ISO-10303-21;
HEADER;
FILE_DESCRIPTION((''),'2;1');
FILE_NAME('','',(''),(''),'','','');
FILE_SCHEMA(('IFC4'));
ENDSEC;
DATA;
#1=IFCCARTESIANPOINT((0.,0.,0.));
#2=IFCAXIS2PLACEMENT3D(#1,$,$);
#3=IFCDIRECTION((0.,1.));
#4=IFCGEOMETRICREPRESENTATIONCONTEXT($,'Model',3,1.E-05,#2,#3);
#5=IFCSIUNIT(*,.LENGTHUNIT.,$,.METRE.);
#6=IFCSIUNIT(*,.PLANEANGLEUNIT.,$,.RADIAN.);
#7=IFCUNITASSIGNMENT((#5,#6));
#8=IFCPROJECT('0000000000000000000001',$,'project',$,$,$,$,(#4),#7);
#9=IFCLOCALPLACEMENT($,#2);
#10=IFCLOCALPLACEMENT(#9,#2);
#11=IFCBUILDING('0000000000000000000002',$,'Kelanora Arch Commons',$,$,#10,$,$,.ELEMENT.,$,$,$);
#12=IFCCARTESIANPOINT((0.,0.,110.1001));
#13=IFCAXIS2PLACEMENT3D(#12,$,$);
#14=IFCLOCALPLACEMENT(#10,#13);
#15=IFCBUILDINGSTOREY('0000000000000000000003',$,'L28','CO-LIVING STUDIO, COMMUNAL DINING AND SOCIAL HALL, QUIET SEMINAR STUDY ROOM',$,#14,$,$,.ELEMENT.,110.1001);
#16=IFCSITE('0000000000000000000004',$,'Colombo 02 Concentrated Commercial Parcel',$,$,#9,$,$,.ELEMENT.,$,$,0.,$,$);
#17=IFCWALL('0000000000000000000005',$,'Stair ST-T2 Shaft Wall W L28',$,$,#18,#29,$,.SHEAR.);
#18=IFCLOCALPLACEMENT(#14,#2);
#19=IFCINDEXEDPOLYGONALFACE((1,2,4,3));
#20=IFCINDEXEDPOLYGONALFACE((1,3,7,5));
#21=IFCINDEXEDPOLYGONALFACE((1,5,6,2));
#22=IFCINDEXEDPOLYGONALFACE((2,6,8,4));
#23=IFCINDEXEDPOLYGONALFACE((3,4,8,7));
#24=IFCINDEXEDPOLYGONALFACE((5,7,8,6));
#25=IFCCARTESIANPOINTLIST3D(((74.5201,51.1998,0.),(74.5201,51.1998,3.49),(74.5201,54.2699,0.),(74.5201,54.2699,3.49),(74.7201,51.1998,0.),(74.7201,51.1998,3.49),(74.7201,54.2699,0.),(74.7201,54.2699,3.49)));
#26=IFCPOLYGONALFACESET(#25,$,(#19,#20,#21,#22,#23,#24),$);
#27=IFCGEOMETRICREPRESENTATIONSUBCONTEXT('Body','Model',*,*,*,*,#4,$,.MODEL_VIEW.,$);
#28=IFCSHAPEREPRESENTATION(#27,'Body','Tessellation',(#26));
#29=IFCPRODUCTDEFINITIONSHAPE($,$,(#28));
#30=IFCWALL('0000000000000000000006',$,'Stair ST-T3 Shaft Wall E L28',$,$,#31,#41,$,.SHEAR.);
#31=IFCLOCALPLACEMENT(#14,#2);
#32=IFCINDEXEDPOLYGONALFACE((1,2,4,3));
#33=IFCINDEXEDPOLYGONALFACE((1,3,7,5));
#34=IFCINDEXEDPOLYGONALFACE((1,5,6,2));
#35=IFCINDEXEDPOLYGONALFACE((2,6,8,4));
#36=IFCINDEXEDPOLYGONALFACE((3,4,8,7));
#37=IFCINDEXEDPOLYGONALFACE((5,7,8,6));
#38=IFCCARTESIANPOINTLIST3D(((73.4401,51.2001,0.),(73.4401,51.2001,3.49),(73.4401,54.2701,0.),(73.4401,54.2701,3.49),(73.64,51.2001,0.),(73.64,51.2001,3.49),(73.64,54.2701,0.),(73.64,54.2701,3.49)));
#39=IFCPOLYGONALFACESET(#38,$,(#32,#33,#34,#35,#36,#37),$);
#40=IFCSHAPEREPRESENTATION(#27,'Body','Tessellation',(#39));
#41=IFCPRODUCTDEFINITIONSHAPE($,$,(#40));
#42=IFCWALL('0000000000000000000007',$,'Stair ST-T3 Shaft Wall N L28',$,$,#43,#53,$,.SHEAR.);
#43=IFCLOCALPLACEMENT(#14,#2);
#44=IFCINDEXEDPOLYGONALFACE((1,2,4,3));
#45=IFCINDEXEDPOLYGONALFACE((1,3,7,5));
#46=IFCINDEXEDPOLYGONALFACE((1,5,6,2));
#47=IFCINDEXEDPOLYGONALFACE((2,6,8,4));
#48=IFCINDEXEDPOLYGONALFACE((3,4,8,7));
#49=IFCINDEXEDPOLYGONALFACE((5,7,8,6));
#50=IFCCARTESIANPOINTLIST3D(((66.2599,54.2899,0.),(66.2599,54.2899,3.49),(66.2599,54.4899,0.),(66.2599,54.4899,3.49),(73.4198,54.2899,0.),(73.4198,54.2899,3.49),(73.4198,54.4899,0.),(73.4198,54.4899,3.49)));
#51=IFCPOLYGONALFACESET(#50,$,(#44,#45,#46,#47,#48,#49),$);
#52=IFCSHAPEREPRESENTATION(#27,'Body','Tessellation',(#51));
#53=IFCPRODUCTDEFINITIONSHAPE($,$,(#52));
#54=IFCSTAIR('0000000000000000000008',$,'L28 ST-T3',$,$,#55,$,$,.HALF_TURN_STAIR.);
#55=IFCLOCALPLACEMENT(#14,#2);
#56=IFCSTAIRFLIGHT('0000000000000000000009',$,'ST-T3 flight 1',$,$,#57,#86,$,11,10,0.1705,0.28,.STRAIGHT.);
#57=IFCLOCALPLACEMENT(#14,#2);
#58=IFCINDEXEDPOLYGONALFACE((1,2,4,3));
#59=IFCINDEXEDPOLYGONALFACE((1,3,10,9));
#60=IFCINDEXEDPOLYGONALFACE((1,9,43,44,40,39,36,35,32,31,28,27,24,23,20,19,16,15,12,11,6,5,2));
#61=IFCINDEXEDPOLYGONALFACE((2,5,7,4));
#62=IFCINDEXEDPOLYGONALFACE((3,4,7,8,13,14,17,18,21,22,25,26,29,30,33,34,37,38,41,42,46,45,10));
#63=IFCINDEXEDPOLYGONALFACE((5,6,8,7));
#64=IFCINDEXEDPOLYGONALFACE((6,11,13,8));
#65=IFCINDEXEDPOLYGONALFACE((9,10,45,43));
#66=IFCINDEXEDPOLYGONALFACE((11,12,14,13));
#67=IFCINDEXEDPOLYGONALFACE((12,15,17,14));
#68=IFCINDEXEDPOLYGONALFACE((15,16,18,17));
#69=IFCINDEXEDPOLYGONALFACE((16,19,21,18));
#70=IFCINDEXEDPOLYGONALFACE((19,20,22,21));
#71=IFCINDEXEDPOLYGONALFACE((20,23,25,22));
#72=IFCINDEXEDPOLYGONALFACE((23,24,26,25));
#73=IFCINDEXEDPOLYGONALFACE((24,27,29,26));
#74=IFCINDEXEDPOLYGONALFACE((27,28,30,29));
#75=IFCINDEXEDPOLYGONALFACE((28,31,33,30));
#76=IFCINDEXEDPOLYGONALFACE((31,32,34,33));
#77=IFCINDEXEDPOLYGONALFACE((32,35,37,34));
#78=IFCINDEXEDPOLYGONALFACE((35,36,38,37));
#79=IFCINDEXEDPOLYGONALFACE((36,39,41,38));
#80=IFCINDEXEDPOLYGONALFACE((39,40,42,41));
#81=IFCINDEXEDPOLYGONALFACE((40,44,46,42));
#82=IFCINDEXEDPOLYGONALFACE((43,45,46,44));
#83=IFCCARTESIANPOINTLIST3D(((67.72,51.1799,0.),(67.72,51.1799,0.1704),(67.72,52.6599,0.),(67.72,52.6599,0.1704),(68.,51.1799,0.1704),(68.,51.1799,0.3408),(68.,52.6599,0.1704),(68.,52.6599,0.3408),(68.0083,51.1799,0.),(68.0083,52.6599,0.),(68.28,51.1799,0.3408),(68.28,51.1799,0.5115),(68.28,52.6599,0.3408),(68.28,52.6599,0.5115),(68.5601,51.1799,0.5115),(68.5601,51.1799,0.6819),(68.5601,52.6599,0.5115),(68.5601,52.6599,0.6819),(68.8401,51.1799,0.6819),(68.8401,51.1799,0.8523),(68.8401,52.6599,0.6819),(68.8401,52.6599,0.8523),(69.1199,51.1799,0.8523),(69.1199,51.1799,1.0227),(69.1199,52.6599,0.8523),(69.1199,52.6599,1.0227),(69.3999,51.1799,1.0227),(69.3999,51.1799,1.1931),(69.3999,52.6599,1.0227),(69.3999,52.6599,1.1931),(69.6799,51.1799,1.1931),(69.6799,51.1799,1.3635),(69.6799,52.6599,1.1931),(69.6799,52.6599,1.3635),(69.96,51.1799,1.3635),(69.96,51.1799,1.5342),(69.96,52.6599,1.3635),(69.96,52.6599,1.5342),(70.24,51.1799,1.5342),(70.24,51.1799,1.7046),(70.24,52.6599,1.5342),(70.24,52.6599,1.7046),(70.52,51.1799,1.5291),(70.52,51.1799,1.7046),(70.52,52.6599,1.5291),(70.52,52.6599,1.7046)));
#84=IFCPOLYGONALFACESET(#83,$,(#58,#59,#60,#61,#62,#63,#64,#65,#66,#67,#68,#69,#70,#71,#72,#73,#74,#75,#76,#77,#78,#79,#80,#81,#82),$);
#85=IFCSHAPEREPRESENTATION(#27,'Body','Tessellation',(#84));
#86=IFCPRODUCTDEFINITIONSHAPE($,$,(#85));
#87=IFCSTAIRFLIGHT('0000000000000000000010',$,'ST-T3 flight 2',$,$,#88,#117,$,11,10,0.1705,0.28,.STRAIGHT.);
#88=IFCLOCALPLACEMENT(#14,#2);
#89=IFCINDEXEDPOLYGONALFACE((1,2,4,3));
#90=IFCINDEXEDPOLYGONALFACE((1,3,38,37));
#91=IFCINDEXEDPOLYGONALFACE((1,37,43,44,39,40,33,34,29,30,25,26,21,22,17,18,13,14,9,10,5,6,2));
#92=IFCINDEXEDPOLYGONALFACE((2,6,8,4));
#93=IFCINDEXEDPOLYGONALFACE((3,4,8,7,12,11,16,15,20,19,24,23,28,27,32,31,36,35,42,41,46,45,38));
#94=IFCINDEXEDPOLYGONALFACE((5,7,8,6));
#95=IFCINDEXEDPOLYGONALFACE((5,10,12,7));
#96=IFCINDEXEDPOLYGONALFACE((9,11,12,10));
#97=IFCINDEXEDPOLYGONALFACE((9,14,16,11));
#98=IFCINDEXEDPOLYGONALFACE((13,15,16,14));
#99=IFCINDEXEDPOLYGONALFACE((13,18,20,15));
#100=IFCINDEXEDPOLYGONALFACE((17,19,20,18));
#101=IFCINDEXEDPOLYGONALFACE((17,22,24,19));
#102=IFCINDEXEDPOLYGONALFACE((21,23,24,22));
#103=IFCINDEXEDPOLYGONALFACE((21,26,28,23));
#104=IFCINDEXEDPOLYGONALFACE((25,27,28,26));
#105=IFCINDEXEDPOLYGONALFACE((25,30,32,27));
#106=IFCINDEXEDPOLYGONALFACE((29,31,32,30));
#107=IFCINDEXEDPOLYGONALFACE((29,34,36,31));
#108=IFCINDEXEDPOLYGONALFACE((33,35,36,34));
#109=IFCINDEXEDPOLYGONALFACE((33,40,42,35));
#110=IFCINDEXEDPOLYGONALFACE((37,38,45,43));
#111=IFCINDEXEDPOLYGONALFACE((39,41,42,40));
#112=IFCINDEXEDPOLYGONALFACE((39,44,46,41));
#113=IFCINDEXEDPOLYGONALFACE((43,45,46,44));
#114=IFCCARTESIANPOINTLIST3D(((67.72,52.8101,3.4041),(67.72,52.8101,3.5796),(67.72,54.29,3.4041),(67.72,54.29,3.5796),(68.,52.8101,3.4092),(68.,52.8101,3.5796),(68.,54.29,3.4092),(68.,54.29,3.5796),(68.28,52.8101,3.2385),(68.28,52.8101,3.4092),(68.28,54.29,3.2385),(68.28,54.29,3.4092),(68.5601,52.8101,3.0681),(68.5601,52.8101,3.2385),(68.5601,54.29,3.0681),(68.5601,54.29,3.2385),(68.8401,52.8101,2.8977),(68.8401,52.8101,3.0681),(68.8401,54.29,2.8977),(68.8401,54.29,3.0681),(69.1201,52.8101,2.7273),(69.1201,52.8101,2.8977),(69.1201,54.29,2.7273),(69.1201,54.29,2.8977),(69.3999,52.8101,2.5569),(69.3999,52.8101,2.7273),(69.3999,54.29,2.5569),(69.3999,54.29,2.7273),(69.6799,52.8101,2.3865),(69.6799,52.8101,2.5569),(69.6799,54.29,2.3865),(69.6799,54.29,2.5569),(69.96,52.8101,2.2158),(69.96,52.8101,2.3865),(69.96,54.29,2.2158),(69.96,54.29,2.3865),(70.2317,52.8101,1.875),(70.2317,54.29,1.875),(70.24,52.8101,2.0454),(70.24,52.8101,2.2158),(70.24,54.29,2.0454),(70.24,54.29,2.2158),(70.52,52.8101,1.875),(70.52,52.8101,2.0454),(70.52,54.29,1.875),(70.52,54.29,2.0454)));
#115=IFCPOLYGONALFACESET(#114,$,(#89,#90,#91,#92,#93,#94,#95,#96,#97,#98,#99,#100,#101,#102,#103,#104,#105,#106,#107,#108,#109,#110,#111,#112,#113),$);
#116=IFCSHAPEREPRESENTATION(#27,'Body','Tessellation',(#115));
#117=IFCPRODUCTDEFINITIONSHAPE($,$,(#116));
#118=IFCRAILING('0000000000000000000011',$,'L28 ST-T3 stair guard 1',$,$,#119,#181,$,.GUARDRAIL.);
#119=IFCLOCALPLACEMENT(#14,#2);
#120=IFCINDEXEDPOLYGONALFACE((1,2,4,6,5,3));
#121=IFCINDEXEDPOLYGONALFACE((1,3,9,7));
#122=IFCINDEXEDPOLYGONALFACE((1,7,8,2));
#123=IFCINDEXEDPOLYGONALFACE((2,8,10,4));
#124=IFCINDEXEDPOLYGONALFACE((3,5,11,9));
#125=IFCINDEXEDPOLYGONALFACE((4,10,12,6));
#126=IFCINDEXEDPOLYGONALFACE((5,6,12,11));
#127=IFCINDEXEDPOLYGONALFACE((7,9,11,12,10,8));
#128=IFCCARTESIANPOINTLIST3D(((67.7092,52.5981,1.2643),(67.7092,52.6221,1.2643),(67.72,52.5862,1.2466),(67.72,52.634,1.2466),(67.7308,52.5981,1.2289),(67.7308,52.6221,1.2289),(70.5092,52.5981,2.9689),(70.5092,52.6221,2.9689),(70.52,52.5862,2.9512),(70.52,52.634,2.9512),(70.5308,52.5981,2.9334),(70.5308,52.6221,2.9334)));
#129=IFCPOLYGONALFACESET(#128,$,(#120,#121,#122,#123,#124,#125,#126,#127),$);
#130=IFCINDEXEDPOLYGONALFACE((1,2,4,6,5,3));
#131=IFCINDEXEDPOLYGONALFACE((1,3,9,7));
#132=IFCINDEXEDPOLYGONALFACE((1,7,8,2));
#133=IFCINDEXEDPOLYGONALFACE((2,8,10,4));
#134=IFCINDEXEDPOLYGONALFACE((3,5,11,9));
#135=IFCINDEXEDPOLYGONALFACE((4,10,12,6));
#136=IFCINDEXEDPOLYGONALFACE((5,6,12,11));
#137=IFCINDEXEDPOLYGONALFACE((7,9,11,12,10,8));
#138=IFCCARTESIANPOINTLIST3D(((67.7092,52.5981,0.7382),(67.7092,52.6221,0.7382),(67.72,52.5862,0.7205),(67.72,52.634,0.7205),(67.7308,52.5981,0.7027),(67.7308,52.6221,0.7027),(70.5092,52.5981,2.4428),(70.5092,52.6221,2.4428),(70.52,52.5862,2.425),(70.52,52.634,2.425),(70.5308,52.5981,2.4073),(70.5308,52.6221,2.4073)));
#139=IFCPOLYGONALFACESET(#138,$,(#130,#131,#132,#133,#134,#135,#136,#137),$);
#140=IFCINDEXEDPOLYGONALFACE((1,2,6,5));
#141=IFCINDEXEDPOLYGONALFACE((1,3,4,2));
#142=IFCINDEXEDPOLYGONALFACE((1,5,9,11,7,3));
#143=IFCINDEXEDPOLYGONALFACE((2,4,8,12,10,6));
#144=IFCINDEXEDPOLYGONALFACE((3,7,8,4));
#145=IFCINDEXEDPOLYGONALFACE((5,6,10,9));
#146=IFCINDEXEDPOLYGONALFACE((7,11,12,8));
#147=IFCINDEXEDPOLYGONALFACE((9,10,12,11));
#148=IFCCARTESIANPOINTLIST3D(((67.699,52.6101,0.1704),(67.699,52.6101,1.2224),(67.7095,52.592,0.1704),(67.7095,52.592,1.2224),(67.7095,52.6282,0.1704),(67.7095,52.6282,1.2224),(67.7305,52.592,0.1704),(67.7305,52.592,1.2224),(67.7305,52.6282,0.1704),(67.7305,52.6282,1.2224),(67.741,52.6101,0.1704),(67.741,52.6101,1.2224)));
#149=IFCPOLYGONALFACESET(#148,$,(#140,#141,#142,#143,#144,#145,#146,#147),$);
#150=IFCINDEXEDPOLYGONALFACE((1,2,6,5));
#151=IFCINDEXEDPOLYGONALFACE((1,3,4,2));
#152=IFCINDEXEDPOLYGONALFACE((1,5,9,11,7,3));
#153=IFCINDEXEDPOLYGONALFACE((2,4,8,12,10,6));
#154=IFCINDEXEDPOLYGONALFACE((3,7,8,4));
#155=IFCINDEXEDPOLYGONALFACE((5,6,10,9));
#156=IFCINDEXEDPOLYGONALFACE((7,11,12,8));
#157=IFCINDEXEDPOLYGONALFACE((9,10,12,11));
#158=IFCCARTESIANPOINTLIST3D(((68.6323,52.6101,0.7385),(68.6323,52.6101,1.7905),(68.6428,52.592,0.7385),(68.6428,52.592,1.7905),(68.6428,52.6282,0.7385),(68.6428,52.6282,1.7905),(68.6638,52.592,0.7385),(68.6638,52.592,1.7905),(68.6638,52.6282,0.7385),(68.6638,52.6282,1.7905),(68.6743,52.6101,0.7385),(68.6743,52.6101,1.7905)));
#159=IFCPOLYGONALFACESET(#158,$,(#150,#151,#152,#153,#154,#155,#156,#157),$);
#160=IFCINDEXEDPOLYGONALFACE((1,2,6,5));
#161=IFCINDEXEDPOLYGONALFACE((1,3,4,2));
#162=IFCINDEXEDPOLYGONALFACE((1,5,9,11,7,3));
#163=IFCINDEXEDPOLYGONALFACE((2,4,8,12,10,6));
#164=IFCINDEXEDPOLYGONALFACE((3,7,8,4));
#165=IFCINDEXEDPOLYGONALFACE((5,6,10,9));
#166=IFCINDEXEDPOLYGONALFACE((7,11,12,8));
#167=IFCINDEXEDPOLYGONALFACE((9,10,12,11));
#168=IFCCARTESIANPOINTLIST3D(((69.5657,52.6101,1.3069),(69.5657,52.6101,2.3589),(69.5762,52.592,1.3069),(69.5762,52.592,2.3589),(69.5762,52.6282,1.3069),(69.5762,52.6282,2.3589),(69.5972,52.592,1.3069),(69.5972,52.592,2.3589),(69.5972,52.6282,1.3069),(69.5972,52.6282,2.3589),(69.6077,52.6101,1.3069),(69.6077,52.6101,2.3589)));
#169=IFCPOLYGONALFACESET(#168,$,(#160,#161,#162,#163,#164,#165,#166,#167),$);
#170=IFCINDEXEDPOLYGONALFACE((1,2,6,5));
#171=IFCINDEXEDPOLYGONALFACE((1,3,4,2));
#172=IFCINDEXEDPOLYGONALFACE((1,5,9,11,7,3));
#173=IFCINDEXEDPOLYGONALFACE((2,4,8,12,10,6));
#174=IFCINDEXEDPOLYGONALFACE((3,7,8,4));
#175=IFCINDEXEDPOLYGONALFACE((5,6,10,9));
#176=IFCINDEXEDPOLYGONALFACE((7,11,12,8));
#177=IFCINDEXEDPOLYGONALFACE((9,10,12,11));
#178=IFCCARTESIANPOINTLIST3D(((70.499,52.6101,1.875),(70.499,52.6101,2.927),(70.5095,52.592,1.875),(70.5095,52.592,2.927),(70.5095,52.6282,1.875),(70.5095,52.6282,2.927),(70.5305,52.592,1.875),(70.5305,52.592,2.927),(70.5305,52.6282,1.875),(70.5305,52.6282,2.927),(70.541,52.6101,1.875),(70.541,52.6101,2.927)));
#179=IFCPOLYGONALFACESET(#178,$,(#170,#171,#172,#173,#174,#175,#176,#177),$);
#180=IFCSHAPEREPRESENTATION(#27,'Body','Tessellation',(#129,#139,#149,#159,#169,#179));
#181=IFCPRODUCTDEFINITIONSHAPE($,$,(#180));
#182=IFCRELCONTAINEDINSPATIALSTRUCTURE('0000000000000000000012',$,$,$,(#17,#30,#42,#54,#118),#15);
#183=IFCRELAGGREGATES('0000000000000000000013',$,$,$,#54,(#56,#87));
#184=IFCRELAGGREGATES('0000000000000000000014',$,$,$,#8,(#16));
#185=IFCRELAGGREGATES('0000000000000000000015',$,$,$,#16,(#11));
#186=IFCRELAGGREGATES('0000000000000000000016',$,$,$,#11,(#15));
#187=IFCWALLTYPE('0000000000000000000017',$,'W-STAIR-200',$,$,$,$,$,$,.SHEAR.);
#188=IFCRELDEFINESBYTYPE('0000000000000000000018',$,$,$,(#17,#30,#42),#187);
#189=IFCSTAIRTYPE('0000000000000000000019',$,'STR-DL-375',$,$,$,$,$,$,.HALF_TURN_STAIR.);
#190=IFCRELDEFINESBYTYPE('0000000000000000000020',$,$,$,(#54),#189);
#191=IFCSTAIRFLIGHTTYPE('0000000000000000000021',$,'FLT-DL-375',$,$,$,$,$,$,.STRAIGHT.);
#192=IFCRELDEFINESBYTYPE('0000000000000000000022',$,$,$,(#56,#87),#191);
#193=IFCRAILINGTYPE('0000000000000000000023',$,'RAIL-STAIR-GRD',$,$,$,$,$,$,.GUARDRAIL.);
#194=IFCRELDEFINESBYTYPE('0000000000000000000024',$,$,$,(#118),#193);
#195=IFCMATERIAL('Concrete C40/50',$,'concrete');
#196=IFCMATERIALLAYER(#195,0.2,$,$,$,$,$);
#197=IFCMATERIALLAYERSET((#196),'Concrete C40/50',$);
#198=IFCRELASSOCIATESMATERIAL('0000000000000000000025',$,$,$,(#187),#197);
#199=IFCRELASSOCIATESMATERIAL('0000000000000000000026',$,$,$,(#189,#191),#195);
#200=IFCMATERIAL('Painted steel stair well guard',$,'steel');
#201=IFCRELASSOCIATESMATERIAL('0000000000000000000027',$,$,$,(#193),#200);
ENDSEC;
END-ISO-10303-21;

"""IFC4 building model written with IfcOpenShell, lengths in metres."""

from ifc_helpers import new_model, si_unit, direction, frame, frame_2d, origin, place, context, subcontext, project, spatial, polyline, rectangle, outline, extrude, material, layer, layer_set, type_object, element, aggregate, save


model = new_model("IFC4")

# Units and contexts
model_context = context("Model", 3, precision=1e-05, world=origin(), true_north=direction((0.0, 1.0)))
body_context = subcontext(model_context, "Body", "Model", "MODEL_VIEW")
ifc_project = project(units=[si_unit("LENGTHUNIT", "METRE"), si_unit("PLANEANGLEUNIT", "RADIAN")], contexts=[model_context])

# Site, building, storey
site_placement = place(None, origin())
site = spatial("IfcSite", under=ifc_project, at=site_placement, Name="Colombo 02 Concentrated Commercial Parcel", CompositionType="ELEMENT", RefElevation=0.0)
building_placement = place(site_placement, origin())
building = spatial("IfcBuilding", under=site, at=building_placement, Name="Kelanora Arch Commons", CompositionType="ELEMENT")
storey_placement = place(building_placement, frame((0.0, 0.0, 110.1001)))
storey = spatial("IfcBuildingStorey", under=building, at=storey_placement, Name="L28", Description="CO-LIVING STUDIO, COMMUNAL DINING AND SOCIAL HALL, QUIET SEMINAR STUDY ROOM", CompositionType="ELEMENT", Elevation=110.1001)

# Shared definitions
ifc_material_1 = material(Name="Concrete C40/50", Category="concrete")
ifc_layer_1 = layer(ifc_material_1, 0.2)
ifc_layer_set_1 = layer_set([ifc_layer_1], Name="Concrete C40/50")
wall_type_1 = type_object("IfcWallType", Name="W-STAIR-200", PredefinedType="SHEAR", material=ifc_layer_set_1)

# Walls
for number, where, z_axis, x_axis, name in (
    (1, (74.6201, 54.27, 0.0), (0.0, 0.0, 1.0), (0.0, -1.0, 0.0), "Stair ST-T2 Shaft Wall W L28"),
    (2, (73.54, 51.2, 0.0), (0.0, 0.0, 1.0), (0.0, 1.0, 0.0), "Stair ST-T3 Shaft Wall E L28"),
):
    element("IfcWall", number, at=place(storey_placement, frame(where, z_axis=z_axis, x_axis=x_axis)), inside=storey, type_object=wall_type_1, Name=name, PredefinedType="SHEAR", context=body_context, shape_type="SweptSolid", body=[
        extrude(rectangle(XDim=3.0701, YDim=0.2, at=frame_2d((1.5352, 0.0))), origin(), (0.0, 0.0, 1.0), 3.49),
    ])
wall_1_placement = place(storey_placement, frame((73.4199, 54.3899, 0.0), z_axis=(0.0, 0.0, 1.0), x_axis=(-1.0, 0.0, 0.0)))
element("IfcWall", 3, at=wall_1_placement, inside=storey, type_object=wall_type_1, Name="Stair ST-T3 Shaft Wall N L28", PredefinedType="SHEAR", context=body_context, shape_type="SweptSolid", body=[
    extrude(rectangle(XDim=7.1599, YDim=0.2, at=frame_2d((3.5801, 0.0))), origin(), (0.0, 0.0, 1.0), 3.49),
])

# Stair, stair flights
stair_type = type_object("IfcStairType", Name="STR-DL-375", PredefinedType="HALF_TURN_STAIR", material=ifc_material_1)
stair_placement = place(storey_placement, origin())
stair = element("IfcStair", 4, at=stair_placement, inside=storey, type_object=stair_type, Name="L28 ST-T3", PredefinedType="HALF_TURN_STAIR")
stair_flight_type = type_object("IfcStairFlightType", Name="FLT-DL-375", PredefinedType="STRAIGHT", material=ifc_material_1)
stair_flight_1_placement = place(storey_placement, frame((67.72, 51.9199, 0.0), z_axis=(0.0, 0.0, 1.0), x_axis=(1.0, 0.0, 0.0)))
stair_flight_1 = element("IfcStairFlight", 5, at=stair_flight_1_placement, type_object=stair_flight_type, Name="ST-T3 flight 1", NumberOfRisers=11, NumberOfTreads=10, PredefinedType="STRAIGHT", RiserHeight=0.1705, TreadLength=0.28, context=body_context, shape_type="SweptSolid", body=[
    extrude(outline(polyline([(0.0, 0.0), (0.0, 0.1704), (0.28, 0.1704), (0.28, 0.3408), (0.5601, 0.3408), (0.5601, 0.5115), (0.8401, 0.5115), (0.8401, 0.6819), (1.1201, 0.6819), (1.1201, 0.8523), (1.3999, 0.8523), (1.3999, 1.0227), (1.6799, 1.0227), (1.6799, 1.1931), (1.96, 1.1931), (1.96, 1.3635), (2.24, 1.3635), (2.24, 1.5342), (2.52, 1.5342), (2.52, 1.7046), (2.8, 1.7046), (2.8, 1.875), (2.8, 1.5291), (0.2883, 0.0), (0.0, 0.0)])), frame((0.0, 0.74, 0.0), z_axis=(0.0, -1.0, 0.0), x_axis=(1.0, 0.0, 0.0)), (0.0, 0.0, 1.0), 1.48),
])
stair_flight_2_placement = place(storey_placement, frame((70.52, 53.55, 1.875), z_axis=(0.0, 0.0, 1.0), x_axis=(-1.0, 0.0, 0.0)))
stair_flight_2 = element("IfcStairFlight", 6, at=stair_flight_2_placement, type_object=stair_flight_type, Name="ST-T3 flight 2", NumberOfRisers=11, NumberOfTreads=10, PredefinedType="STRAIGHT", RiserHeight=0.1705, TreadLength=0.28, context=body_context, shape_type="SweptSolid", body=[
    extrude(outline(polyline([(0.0, 0.0), (0.0, 0.1704), (0.28, 0.1704), (0.28, 0.3408), (0.5601, 0.3408), (0.5601, 0.5115), (0.8401, 0.5115), (0.8401, 0.6819), (1.1201, 0.6819), (1.1201, 0.8523), (1.3999, 0.8523), (1.3999, 1.0227), (1.6799, 1.0227), (1.6799, 1.1931), (1.96, 1.1931), (1.96, 1.3635), (2.24, 1.3635), (2.24, 1.5342), (2.52, 1.5342), (2.52, 1.7046), (2.8, 1.7046), (2.8, 1.875), (2.8, 1.5291), (0.2883, 0.0), (0.0, 0.0)])), frame((0.0, 0.74, 0.0), z_axis=(0.0, -1.0, 0.0), x_axis=(1.0, 0.0, 0.0)), (0.0, 0.0, 1.0), 1.48),
])
aggregate(stair, [stair_flight_1, stair_flight_2])

# Railing
ifc_material_2 = material(Name="Painted steel stair well guard", Category="steel")
railing_type_1 = type_object("IfcRailingType", Name="RAIL-STAIR-GRD", PredefinedType="GUARDRAIL", material=ifc_material_2)
railing_1_placement = place(storey_placement, frame((67.72, 52.6101, 0.1704)))
element("IfcRailing", 7, at=railing_1_placement, inside=storey, type_object=railing_type_1, Name="L28 ST-T3 stair guard 1", PredefinedType="GUARDRAIL", context=body_context, shape_type="SweptSolid", body=[
    extrude(outline(polyline([(0.0239, 0.0), (0.012, 0.0208), (-0.012, 0.0208), (-0.0239, 0.0), (-0.012, -0.0208), (0.012, -0.0208), (0.0239, 0.0)])), frame((0.0, 0.0, 1.0762), z_axis=(0.85417, 0.0, 0.519994), x_axis=(0.0, 1.0, 0.0)), (0.0, 0.0, 1.0), 3.2781),
    extrude(outline(polyline([(0.0239, 0.0), (0.012, 0.0208), (-0.012, 0.0208), (-0.0239, 0.0), (-0.012, -0.0208), (0.012, -0.0208), (0.0239, 0.0)])), frame((0.0, 0.0, 0.55), z_axis=(0.85417, 0.0, 0.519994), x_axis=(0.0, 1.0, 0.0)), (0.0, 0.0, 1.0), 3.2781),
    extrude(outline(polyline([(0.021, 0.0), (0.0105, 0.0181), (-0.0105, 0.0181), (-0.021, 0.0), (-0.0105, -0.0181), (0.0105, -0.0181), (0.021, 0.0)])), origin(), (0.0, 0.0, 1.0), 1.052),
    extrude(outline(polyline([(0.021, 0.0), (0.0105, 0.0181), (-0.0105, 0.0181), (-0.021, 0.0), (-0.0105, -0.0181), (0.0105, -0.0181), (0.021, 0.0)])), frame((0.9333, 0.0, 0.5681)), (0.0, 0.0, 1.0), 1.052),
    extrude(outline(polyline([(0.021, 0.0), (0.0105, 0.0181), (-0.0105, 0.0181), (-0.021, 0.0), (-0.0105, -0.0181), (0.0105, -0.0181), (0.021, 0.0)])), frame((1.8667, 0.0, 1.1365)), (0.0, 0.0, 1.0), 1.052),
    extrude(outline(polyline([(0.021, 0.0), (0.0105, 0.0181), (-0.0105, 0.0181), (-0.021, 0.0), (-0.0105, -0.0181), (0.0105, -0.0181), (0.021, 0.0)])), frame((2.8, 0.0, 1.7046)), (0.0, 0.0, 1.0), 1.052),
])

save(model, "model.ifc")
